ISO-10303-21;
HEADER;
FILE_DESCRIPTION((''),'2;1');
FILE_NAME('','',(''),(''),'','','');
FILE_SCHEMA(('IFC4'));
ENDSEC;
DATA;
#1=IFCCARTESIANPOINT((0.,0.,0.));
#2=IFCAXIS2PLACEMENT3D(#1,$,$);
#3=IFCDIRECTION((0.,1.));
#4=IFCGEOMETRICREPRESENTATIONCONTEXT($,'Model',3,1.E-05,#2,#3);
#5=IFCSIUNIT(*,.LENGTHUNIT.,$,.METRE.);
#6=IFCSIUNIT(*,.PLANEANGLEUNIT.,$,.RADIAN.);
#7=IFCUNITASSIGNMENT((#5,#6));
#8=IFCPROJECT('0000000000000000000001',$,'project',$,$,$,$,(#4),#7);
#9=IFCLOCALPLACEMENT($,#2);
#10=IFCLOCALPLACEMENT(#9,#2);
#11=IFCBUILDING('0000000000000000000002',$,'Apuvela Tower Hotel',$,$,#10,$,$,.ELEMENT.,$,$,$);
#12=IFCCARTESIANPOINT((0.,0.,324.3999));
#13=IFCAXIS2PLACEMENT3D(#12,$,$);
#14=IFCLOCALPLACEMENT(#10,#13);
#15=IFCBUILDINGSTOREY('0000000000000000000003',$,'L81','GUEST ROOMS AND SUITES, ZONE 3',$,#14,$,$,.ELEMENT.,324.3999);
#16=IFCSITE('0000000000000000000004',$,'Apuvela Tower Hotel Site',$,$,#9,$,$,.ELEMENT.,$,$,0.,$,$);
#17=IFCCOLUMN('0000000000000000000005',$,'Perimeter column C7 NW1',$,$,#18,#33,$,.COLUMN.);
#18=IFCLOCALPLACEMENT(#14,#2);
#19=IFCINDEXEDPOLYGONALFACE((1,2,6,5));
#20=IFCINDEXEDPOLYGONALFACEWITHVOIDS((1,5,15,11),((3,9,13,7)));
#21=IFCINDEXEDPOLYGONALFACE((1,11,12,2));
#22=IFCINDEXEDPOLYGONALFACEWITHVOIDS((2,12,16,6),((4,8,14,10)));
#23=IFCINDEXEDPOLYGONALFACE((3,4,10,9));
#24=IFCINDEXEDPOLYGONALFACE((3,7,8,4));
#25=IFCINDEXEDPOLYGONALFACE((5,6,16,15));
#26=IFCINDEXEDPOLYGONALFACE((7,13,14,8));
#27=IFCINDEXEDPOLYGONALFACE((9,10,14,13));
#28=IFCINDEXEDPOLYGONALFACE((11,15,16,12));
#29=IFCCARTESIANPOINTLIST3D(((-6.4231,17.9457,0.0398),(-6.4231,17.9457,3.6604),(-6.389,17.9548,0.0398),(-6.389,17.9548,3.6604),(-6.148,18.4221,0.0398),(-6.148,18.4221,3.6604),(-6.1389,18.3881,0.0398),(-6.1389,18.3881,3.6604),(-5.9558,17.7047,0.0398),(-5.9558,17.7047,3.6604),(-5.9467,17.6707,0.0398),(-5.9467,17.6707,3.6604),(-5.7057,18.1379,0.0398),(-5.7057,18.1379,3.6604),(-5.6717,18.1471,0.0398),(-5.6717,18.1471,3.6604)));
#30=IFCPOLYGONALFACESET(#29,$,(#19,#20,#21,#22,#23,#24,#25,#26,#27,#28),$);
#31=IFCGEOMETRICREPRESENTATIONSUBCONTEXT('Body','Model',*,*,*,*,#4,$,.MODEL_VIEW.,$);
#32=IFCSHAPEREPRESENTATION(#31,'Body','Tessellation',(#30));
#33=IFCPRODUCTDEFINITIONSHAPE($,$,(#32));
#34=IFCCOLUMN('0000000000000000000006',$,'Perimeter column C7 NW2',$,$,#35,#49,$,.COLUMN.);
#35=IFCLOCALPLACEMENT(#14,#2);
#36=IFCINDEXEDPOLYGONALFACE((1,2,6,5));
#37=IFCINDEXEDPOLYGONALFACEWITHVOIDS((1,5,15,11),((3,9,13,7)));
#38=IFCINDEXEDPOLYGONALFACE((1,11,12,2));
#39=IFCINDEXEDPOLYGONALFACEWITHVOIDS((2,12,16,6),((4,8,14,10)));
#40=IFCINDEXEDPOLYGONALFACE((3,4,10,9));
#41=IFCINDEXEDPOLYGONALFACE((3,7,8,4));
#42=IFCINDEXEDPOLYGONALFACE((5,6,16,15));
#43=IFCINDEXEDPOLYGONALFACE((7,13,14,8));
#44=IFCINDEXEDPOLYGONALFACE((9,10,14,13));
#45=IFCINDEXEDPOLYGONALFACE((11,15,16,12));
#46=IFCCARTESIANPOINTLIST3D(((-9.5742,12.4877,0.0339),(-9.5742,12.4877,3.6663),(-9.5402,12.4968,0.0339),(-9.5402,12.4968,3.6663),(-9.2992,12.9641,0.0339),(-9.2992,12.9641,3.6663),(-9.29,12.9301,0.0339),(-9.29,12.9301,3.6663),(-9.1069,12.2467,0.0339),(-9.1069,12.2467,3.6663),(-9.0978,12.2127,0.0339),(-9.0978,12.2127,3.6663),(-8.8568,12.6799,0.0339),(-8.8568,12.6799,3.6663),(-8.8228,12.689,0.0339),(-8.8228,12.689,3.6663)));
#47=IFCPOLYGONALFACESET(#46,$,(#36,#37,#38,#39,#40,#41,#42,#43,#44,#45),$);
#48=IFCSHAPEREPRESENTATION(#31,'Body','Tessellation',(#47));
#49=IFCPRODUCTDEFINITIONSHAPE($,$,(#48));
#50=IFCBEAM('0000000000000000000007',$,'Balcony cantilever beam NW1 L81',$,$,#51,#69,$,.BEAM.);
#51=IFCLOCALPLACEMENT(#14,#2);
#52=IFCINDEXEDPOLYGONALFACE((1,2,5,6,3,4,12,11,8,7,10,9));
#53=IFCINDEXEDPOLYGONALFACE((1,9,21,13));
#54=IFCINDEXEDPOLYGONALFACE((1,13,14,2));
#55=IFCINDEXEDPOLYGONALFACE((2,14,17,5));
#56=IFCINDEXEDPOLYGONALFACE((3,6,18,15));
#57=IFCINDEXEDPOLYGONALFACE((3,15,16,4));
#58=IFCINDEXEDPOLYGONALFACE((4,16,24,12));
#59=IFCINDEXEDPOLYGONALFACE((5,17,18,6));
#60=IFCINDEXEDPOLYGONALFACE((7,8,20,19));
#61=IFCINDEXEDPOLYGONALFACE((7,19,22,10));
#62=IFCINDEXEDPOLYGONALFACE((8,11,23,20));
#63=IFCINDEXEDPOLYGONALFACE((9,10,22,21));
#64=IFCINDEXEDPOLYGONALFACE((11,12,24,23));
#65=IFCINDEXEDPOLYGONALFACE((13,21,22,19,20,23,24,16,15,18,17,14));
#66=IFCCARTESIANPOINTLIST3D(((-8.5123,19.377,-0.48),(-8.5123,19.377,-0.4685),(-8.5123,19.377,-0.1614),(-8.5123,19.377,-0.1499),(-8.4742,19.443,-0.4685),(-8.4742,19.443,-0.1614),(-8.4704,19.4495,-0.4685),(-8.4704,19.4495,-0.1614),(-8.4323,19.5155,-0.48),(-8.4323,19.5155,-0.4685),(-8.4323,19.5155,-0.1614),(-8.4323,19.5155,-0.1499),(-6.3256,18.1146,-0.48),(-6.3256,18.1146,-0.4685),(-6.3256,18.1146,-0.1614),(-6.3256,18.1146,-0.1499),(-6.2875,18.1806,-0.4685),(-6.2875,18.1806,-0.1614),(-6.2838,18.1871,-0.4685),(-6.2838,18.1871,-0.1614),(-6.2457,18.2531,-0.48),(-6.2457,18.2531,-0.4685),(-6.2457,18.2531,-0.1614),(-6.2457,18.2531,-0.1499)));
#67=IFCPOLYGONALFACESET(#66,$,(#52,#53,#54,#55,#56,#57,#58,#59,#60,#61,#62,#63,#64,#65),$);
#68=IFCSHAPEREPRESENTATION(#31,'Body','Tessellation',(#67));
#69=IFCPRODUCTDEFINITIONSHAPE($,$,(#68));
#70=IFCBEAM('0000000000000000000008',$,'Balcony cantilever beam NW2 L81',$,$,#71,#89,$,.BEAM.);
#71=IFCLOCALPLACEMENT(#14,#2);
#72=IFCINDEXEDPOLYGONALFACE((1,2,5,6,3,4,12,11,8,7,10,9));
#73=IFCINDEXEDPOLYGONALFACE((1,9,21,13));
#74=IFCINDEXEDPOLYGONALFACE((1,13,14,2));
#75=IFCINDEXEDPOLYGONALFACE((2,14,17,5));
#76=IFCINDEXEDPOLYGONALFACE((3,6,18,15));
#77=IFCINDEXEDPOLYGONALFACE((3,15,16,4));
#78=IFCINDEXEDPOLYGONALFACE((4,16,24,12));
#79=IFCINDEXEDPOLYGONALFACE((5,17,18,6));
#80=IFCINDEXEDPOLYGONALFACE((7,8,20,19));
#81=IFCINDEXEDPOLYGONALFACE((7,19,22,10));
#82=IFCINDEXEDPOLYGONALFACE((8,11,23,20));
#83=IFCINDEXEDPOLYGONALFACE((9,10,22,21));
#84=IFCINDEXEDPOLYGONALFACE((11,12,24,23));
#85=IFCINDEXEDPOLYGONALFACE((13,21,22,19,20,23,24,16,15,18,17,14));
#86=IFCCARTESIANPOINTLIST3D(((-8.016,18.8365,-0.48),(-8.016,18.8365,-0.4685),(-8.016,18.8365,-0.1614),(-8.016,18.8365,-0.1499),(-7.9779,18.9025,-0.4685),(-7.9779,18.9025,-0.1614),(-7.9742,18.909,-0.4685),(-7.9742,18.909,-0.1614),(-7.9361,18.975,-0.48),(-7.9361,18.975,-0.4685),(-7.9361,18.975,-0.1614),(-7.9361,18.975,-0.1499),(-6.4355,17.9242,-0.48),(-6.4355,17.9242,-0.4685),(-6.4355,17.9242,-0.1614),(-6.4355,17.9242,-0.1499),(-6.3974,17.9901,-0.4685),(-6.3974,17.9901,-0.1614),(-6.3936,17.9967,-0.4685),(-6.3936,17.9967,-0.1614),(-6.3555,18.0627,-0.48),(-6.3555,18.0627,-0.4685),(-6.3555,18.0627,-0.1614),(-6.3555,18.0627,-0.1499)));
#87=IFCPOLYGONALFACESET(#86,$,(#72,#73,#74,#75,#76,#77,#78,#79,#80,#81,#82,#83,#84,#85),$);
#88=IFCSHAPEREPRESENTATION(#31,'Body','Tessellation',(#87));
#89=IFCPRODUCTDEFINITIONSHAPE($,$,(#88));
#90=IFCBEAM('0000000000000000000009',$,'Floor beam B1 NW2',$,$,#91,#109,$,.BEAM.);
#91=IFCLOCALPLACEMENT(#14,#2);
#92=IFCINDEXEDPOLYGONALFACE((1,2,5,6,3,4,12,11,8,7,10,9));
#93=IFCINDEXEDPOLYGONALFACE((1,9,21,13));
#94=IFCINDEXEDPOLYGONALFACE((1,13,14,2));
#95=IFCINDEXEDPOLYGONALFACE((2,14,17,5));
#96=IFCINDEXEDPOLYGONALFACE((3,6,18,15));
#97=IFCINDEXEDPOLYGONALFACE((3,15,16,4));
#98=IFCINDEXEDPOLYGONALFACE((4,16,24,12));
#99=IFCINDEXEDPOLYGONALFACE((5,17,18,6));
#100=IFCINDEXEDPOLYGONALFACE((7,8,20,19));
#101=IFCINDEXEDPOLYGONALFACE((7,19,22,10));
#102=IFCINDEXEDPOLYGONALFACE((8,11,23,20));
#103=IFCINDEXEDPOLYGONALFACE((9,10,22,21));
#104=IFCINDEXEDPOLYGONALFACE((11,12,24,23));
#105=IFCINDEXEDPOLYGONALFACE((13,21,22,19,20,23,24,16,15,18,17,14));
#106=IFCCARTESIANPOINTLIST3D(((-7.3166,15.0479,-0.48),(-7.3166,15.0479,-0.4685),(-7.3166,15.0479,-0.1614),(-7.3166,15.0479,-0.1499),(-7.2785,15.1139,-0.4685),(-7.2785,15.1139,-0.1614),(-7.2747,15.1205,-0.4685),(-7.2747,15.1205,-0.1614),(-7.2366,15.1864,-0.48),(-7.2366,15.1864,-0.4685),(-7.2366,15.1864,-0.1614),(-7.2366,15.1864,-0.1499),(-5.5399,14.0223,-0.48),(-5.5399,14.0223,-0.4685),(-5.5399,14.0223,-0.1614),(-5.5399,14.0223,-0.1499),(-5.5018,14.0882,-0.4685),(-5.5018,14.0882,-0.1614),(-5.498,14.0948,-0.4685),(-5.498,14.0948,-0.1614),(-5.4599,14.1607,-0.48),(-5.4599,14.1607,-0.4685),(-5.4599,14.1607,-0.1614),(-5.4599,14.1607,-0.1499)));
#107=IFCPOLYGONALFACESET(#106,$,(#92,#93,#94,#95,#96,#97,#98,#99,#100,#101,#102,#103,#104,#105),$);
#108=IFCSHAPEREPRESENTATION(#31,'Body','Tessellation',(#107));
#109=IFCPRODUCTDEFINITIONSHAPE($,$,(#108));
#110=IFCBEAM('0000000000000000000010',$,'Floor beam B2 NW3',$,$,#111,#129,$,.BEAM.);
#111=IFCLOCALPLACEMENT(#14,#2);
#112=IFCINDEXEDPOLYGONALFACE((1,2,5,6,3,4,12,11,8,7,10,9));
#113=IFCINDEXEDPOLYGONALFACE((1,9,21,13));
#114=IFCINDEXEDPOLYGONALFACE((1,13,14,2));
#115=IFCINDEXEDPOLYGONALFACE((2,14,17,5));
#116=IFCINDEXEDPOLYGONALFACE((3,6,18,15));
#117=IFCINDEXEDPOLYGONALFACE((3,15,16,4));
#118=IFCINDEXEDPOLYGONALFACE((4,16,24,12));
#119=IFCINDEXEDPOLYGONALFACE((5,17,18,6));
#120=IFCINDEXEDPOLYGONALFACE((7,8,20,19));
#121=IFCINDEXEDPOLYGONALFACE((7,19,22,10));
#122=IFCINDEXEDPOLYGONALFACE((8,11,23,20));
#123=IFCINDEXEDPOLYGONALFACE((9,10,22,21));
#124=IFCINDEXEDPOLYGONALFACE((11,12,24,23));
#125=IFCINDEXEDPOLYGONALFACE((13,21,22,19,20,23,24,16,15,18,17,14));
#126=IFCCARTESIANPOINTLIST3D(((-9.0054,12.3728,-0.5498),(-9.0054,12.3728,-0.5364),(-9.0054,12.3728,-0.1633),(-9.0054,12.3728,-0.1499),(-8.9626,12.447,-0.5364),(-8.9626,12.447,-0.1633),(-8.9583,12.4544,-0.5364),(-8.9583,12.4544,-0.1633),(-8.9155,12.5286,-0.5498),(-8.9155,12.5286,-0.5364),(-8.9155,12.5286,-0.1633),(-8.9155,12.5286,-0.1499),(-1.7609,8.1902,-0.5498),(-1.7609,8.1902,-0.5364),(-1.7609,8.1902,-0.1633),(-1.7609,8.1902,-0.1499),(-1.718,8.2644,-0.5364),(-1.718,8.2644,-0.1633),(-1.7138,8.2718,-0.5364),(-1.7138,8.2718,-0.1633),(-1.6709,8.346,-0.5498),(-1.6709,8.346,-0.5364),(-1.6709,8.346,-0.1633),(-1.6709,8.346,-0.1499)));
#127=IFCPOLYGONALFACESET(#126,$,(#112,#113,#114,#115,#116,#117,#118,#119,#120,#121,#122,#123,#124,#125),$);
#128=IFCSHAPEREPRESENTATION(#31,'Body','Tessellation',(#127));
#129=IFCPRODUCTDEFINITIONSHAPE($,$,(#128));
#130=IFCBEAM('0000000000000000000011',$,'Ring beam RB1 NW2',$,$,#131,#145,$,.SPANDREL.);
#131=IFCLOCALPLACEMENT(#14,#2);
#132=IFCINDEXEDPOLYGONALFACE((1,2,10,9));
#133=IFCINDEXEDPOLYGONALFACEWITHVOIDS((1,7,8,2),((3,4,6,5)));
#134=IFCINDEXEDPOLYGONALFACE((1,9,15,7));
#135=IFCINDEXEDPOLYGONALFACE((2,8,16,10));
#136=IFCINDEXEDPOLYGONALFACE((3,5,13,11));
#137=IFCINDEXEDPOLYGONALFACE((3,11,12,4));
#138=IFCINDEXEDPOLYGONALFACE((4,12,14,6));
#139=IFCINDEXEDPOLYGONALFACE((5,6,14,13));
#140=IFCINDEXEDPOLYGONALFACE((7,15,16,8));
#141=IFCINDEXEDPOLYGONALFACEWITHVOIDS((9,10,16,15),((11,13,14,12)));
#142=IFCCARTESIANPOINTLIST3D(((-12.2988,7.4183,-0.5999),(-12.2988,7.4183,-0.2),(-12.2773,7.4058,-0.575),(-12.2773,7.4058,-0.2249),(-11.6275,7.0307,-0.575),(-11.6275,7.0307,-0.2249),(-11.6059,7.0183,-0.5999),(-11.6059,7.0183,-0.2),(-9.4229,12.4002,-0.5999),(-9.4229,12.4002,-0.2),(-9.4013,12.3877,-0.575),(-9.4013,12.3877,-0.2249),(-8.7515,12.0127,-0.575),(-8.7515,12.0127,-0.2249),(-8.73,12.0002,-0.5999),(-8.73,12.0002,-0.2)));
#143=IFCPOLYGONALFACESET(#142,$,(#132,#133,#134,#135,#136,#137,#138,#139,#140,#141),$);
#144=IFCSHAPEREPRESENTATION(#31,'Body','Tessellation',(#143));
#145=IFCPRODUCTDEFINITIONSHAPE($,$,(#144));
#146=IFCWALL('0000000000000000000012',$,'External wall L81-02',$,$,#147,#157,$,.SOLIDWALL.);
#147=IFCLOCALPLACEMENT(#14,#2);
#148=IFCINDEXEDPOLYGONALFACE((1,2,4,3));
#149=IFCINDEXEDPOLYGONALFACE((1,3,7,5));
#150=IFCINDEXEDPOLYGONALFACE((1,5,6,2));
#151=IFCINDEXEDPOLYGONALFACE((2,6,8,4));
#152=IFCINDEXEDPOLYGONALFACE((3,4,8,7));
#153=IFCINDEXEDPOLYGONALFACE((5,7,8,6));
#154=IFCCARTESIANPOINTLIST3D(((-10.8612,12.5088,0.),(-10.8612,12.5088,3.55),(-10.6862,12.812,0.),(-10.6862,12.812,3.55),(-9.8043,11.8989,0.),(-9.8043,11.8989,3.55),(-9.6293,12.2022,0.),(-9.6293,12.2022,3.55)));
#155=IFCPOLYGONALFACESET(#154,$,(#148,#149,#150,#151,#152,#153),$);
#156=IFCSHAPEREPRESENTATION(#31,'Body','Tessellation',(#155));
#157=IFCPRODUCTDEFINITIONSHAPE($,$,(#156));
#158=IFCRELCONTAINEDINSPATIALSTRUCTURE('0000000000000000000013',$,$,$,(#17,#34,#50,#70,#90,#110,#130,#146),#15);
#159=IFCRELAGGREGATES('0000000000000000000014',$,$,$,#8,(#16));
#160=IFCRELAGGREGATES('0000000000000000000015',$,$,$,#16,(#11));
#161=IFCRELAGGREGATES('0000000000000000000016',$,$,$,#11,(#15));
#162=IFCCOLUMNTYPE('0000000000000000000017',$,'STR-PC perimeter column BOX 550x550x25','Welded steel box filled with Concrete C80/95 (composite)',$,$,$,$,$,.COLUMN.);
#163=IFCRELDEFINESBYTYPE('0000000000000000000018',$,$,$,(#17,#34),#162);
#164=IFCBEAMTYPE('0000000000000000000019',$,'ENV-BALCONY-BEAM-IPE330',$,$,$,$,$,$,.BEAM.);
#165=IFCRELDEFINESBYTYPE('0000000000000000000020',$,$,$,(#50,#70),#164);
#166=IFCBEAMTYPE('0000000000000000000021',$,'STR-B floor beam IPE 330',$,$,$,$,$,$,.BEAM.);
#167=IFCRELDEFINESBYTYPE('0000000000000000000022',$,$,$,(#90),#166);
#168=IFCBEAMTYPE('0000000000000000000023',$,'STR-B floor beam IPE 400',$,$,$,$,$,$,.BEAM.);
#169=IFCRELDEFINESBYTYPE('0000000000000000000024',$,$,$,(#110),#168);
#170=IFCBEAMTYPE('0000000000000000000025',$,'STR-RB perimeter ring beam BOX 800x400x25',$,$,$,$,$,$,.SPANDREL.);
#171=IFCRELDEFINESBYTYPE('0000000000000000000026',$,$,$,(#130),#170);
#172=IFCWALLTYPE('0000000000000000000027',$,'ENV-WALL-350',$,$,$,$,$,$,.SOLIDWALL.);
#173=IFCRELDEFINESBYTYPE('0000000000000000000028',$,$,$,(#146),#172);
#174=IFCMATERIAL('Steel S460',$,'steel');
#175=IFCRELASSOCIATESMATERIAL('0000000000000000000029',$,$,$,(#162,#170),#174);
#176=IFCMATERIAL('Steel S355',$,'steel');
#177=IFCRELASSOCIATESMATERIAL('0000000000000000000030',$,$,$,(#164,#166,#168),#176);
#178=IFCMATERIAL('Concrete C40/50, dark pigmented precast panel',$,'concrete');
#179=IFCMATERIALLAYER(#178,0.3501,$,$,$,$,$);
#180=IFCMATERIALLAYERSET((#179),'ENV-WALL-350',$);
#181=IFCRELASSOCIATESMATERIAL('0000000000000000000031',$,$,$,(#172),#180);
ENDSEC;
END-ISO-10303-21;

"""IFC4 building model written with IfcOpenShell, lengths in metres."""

from ifc_helpers import new_model, si_unit, direction, frame, frame_2d, origin, origin_2d, place, context, subcontext, project, spatial, rectangle, hollow_rectangle, i_section, extrude, boolean, halfspace, material, layer, layer_set, material_profile, profile_set, type_object, element, save


model = new_model("IFC4")

# Units and contexts
model_context = context("Model", 3, precision=1e-05, world=origin(), true_north=direction((0.0, 1.0)))
body_context = subcontext(model_context, "Body", "Model", "MODEL_VIEW")
ifc_project = project(units=[si_unit("LENGTHUNIT", "METRE"), si_unit("PLANEANGLEUNIT", "RADIAN")], contexts=[model_context])

# Site, building, storey
site_placement = place(None, origin())
site = spatial("IfcSite", under=ifc_project, at=site_placement, Name="Apuvela Tower Hotel Site", CompositionType="ELEMENT", RefElevation=0.0)
building_placement = place(site_placement, origin())
building = spatial("IfcBuilding", under=site, at=building_placement, Name="Apuvela Tower Hotel", CompositionType="ELEMENT")
storey_placement = place(building_placement, frame((0.0, 0.0, 324.3999)))
storey = spatial("IfcBuildingStorey", under=building, at=storey_placement, Name="L81", Description="GUEST ROOMS AND SUITES, ZONE 3", CompositionType="ELEMENT", Elevation=324.3999)

# Columns
ifc_material_1 = material(Name="Steel S460", Category="steel")
ifc_material_profile_1 = material_profile(ifc_material_1, hollow_rectangle(XDim=0.55, YDim=0.55, WallThickness=0.0249, at=origin_2d()), Name="BOX 550x550x25")
ifc_material_2 = material(Name="Concrete C80/95", Category="concrete")
ifc_material_profile_2 = material_profile(ifc_material_2, rectangle(XDim=0.5, YDim=0.5, at=origin_2d()), Name="Concrete C80/95 infill")
ifc_profile_set_1 = profile_set([ifc_material_profile_1, ifc_material_profile_2], Name="Steel S460")
column_type = type_object("IfcColumnType", Name="STR-PC perimeter column BOX 550x550x25", Description="Welded steel box filled with Concrete C80/95 (composite)", PredefinedType="COLUMN", material=ifc_profile_set_1)
column_1_placement = place(storey_placement, frame((-6.0474, 18.0464, 0.0), z_axis=(0.0, 0.0, 1.0), x_axis=(0.5, 0.866025, 0.0)))
element("IfcColumn", 1, at=column_1_placement, inside=storey, type_object=column_type, Name="Perimeter column C7 NW1", PredefinedType="COLUMN", context=body_context, shape_type="SweptSolid", body=[
    boolean("DIFFERENCE", boolean("DIFFERENCE", extrude(hollow_rectangle(XDim=0.55, YDim=0.55, WallThickness=0.0249, at=origin_2d()), origin(), (0.0, 0.0, 1.0), 3.7002), halfspace(frame((0.0, 0.0, 0.0398), z_axis=(0.0, 0.0, 1.0), x_axis=(1.0, 0.0, 0.0)), True)), halfspace(frame((0.0, 0.0, 3.6604), z_axis=(0.0, 0.0, 1.0), x_axis=(1.0, 0.0, 0.0)), False)),
])
column_2_placement = place(storey_placement, frame((-9.1985, 12.5884, 0.0), z_axis=(0.0, 0.0, 1.0), x_axis=(0.5, 0.866025, 0.0)))
element("IfcColumn", 2, at=column_2_placement, inside=storey, type_object=column_type, Name="Perimeter column C7 NW2", PredefinedType="COLUMN", context=body_context, shape_type="SweptSolid", body=[
    boolean("DIFFERENCE", boolean("DIFFERENCE", extrude(hollow_rectangle(XDim=0.55, YDim=0.55, WallThickness=0.0249, at=origin_2d()), origin(), (0.0, 0.0, 1.0), 3.7002), halfspace(frame((0.0, 0.0, 0.0339), z_axis=(0.0, 0.0, 1.0), x_axis=(1.0, 0.0, 0.0)), True)), halfspace(frame((0.0, 0.0, 3.6663), z_axis=(0.0, 0.0, 1.0), x_axis=(1.0, 0.0, 0.0)), False)),
])

# Beams
ifc_material_3 = material(Name="Steel S355", Category="steel")
ifc_material_profile_3 = material_profile(ifc_material_3, i_section(OverallWidth=0.1599, OverallDepth=0.3301, WebThickness=0.0076, FlangeThickness=0.0115, at=origin_2d()), Name="IPE 330")
ifc_profile_set_2 = profile_set([ifc_material_profile_3], Name="Steel S355")
beam_type_1 = type_object("IfcBeamType", Name="ENV-BALCONY-BEAM-IPE330", PredefinedType="BEAM", material=ifc_profile_set_2)
beam_1_placement = place(storey_placement, frame((-6.2856, 18.1838, -0.3149), z_axis=(-0.866039, 0.499976, 0.0), x_axis=(-0.499976, -0.866039, 0.0)))
element("IfcBeam", 3, at=beam_1_placement, inside=storey, type_object=beam_type_1, Name="Balcony cantilever beam NW1 L81", PredefinedType="BEAM", context=body_context, shape_type="SweptSolid", body=[
    extrude(i_section(OverallWidth=0.1599, OverallDepth=0.3301, WebThickness=0.0076, FlangeThickness=0.0115, at=origin_2d()), origin(), (0.0, 0.0, 1.0), 2.5249),
])
beam_2_placement = place(storey_placement, frame((-6.3955, 17.9934, -0.3149), z_axis=(-0.86607, 0.499923, 0.0), x_axis=(-0.499923, -0.86607, 0.0)))
element("IfcBeam", 4, at=beam_2_placement, inside=storey, type_object=beam_type_1, Name="Balcony cantilever beam NW2 L81", PredefinedType="BEAM", context=body_context, shape_type="SweptSolid", body=[
    extrude(i_section(OverallWidth=0.1599, OverallDepth=0.3301, WebThickness=0.0076, FlangeThickness=0.0115, at=origin_2d()), origin(), (0.0, 0.0, 1.0), 1.825),
])
ifc_material_profile_4 = material_profile(ifc_material_3, i_section(OverallWidth=0.1599, OverallDepth=0.3301, WebThickness=0.0076, FlangeThickness=0.0115, at=origin_2d()), Name="IPE 330")
ifc_profile_set_3 = profile_set([ifc_material_profile_4], Name="Steel S355")
beam_type_2 = type_object("IfcBeamType", Name="STR-B floor beam IPE 330", PredefinedType="BEAM", material=ifc_profile_set_3)
beam_3_placement = place(storey_placement, frame((-7.2766, 15.1172, -0.3149), z_axis=(0.866045, -0.499966, 0.0), x_axis=(0.499966, 0.866045, 0.0)))
element("IfcBeam", 5, at=beam_3_placement, inside=storey, type_object=beam_type_2, Name="Floor beam B1 NW2", PredefinedType="BEAM", context=body_context, shape_type="SweptSolid", body=[
    extrude(i_section(OverallWidth=0.1599, OverallDepth=0.3301, WebThickness=0.0076, FlangeThickness=0.0115, at=origin_2d()), origin(), (0.0, 0.0, 1.0), 2.0515),
])
ifc_material_profile_5 = material_profile(ifc_material_3, i_section(OverallWidth=0.1799, OverallDepth=0.3999, WebThickness=0.0085, FlangeThickness=0.0134, at=origin_2d()), Name="IPE 400")
ifc_profile_set_4 = profile_set([ifc_material_profile_5], Name="Steel S355")
beam_type_3 = type_object("IfcBeamType", Name="STR-B floor beam IPE 400", PredefinedType="BEAM", material=ifc_profile_set_4)
beam_4_placement = place(storey_placement, frame((-8.9604, 12.4507, -0.3499), z_axis=(0.866029, -0.499994, 0.0), x_axis=(0.499994, 0.866029, 0.0)))
element("IfcBeam", 6, at=beam_4_placement, inside=storey, type_object=beam_type_3, Name="Floor beam B2 NW3", PredefinedType="BEAM", context=body_context, shape_type="SweptSolid", body=[
    extrude(i_section(OverallWidth=0.1799, OverallDepth=0.3999, WebThickness=0.0085, FlangeThickness=0.0134, at=origin_2d()), origin(), (0.0, 0.0, 1.0), 8.3652),
])
ifc_material_profile_6 = material_profile(ifc_material_1, hollow_rectangle(XDim=0.8, YDim=0.3999, WallThickness=0.0249, at=origin_2d()), Name="BOX 800x400x25")
ifc_profile_set_5 = profile_set([ifc_material_profile_6], Name="Steel S460")
beam_type_4 = type_object("IfcBeamType", Name="STR-RB perimeter ring beam BOX 800x400x25", PredefinedType="SPANDREL", material=ifc_profile_set_5)
beam_5_placement = place(storey_placement, frame((-9.0764, 12.2002, -0.3999), z_axis=(-0.499955, -0.866051, 0.0), x_axis=(0.866051, -0.499955, 0.0)))
element("IfcBeam", 7, at=beam_5_placement, inside=storey, type_object=beam_type_4, Name="Ring beam RB1 NW2", PredefinedType="SPANDREL", context=body_context, shape_type="SweptSolid", body=[
    extrude(hollow_rectangle(XDim=0.8, YDim=0.3999, WallThickness=0.0249, at=origin_2d()), origin(), (0.0, 0.0, 1.0), 5.7524),
])

# Wall
ifc_material_4 = material(Name="Concrete C40/50, dark pigmented precast panel", Category="concrete")
ifc_layer = layer(ifc_material_4, 0.3501)
ifc_layer_set = layer_set([ifc_layer], Name="ENV-WALL-350")
wall_type = type_object("IfcWallType", Name="ENV-WALL-350", PredefinedType="SOLIDWALL", material=ifc_layer_set)
wall_1_placement = place(storey_placement, frame((-10.7737, 12.6604, 0.0), z_axis=(0.0, 0.0, 1.0), x_axis=(0.866142, -0.499798, 0.0)))
element("IfcWall", 8, at=wall_1_placement, inside=storey, type_object=wall_type, Name="External wall L81-02", PredefinedType="SOLIDWALL", context=body_context, shape_type="SweptSolid", body=[
    extrude(rectangle(XDim=1.2202, YDim=0.3501, at=frame_2d((0.6101, 0.0))), origin(), (0.0, 0.0, 1.0), 3.55),
])

save(model, "model.ifc")
